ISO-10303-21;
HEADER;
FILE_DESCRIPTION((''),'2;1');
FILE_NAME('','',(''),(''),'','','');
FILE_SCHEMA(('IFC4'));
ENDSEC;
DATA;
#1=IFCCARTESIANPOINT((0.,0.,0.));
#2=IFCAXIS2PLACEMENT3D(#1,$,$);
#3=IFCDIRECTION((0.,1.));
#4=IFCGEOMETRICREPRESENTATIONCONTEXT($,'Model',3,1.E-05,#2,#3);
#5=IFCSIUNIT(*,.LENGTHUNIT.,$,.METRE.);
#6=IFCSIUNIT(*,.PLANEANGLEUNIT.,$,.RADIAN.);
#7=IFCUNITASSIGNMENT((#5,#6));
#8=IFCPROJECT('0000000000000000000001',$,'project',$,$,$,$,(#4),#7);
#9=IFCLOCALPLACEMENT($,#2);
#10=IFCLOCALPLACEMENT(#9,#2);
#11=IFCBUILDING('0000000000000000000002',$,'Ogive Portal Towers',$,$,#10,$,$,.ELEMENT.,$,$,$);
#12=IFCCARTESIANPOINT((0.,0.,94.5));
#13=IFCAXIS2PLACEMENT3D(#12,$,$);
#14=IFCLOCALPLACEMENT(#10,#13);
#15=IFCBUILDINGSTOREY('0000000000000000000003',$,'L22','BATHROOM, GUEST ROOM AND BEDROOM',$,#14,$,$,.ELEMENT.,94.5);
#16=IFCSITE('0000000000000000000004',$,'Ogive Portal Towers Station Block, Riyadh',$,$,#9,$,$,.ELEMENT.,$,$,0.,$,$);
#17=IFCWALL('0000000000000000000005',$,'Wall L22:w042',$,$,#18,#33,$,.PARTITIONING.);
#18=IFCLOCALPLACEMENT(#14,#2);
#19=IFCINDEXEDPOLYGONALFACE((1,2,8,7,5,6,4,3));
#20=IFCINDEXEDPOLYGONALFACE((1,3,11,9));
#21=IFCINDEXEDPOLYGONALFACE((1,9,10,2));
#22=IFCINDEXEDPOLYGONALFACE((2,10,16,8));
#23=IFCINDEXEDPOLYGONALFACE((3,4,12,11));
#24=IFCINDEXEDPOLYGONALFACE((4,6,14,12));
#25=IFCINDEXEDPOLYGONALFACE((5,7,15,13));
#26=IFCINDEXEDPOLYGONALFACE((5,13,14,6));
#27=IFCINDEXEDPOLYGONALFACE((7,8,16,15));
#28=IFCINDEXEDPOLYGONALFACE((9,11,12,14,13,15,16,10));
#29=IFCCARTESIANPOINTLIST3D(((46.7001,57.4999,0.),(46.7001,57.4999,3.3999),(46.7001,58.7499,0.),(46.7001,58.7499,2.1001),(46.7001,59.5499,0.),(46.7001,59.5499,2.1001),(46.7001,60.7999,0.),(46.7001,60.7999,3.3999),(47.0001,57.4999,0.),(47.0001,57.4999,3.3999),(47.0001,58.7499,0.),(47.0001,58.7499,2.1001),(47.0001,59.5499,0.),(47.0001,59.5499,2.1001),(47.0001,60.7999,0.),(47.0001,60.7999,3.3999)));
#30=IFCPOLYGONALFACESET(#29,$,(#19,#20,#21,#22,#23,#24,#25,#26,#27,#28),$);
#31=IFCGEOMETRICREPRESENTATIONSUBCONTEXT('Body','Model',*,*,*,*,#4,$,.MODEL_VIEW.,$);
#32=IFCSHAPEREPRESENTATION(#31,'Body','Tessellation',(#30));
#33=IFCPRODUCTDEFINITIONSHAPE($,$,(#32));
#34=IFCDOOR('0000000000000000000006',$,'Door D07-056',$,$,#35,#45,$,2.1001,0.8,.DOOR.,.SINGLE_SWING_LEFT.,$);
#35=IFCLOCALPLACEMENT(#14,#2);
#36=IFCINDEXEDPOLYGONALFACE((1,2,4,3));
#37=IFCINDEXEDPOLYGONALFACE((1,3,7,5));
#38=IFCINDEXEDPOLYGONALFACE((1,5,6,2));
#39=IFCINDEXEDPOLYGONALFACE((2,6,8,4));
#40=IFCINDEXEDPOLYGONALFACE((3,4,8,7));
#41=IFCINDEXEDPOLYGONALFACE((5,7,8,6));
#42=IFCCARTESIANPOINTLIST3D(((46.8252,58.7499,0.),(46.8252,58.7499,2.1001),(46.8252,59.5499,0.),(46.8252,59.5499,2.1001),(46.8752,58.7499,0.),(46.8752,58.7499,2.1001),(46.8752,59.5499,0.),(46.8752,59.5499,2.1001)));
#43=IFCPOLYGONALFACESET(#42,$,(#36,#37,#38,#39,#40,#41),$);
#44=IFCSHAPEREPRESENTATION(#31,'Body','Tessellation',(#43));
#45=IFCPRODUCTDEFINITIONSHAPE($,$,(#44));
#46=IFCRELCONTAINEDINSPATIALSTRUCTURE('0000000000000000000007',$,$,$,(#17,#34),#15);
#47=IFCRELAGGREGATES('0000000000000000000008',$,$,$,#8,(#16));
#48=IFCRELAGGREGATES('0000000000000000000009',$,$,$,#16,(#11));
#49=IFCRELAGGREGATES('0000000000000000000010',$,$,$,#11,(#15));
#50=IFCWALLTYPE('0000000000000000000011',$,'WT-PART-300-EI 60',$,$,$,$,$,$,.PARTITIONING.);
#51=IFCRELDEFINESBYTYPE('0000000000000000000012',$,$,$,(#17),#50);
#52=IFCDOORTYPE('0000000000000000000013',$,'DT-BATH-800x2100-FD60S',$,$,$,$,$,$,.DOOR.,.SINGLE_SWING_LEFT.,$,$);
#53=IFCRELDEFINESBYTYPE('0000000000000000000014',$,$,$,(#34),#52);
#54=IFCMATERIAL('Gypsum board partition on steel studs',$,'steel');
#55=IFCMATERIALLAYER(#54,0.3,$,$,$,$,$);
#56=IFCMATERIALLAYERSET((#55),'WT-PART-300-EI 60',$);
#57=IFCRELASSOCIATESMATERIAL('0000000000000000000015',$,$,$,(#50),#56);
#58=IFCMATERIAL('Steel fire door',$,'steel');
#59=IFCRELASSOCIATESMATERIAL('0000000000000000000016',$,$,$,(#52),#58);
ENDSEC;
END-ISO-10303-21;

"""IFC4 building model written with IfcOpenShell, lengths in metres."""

from ifc_helpers import new_model, si_unit, direction, frame, frame_2d, origin, place, context, subcontext, project, spatial, rectangle, extrude, material, layer, layer_set, type_object, element, fill, save


model = new_model("IFC4")

# Units and contexts
model_context = context("Model", 3, precision=1e-05, world=origin(), true_north=direction((0.0, 1.0)))
body_context = subcontext(model_context, "Body", "Model", "MODEL_VIEW")
ifc_project = project(units=[si_unit("LENGTHUNIT", "METRE"), si_unit("PLANEANGLEUNIT", "RADIAN")], contexts=[model_context])

# Site, building, storey
site_placement = place(None, origin())
site = spatial("IfcSite", under=ifc_project, at=site_placement, Name="Ogive Portal Towers Station Block, Riyadh", CompositionType="ELEMENT", RefElevation=0.0)
building_placement = place(site_placement, origin())
building = spatial("IfcBuilding", under=site, at=building_placement, Name="Ogive Portal Towers", CompositionType="ELEMENT")
storey_placement = place(building_placement, frame((0.0, 0.0, 94.5)))
storey = spatial("IfcBuildingStorey", under=building, at=storey_placement, Name="L22", Description="BATHROOM, GUEST ROOM AND BEDROOM", CompositionType="ELEMENT", Elevation=94.5)

# Wall, opening, door
ifc_material_1 = material(Name="Gypsum board partition on steel studs", Category="steel")
ifc_layer_1 = layer(ifc_material_1, 0.3)
ifc_layer_set_1 = layer_set([ifc_layer_1], Name="WT-PART-300-EI 60")
wall_type = type_object("IfcWallType", Name="WT-PART-300-EI 60", PredefinedType="PARTITIONING", material=ifc_layer_set_1)
ifc_material_2 = material(Name="Steel fire door", Category="steel")
door_type = type_object("IfcDoorType", Name="DT-BATH-800x2100-FD60S", OperationType="SINGLE_SWING_LEFT", PredefinedType="DOOR", material=ifc_material_2)
wall_1_placement = place(storey_placement, frame((46.8501, 57.5, 0.0), z_axis=(0.0, 0.0, 1.0), x_axis=(0.0, 1.0, 0.0)))
wall_1 = element("IfcWall", 1, at=wall_1_placement, inside=storey, type_object=wall_type, Name="Wall L22:w042", PredefinedType="PARTITIONING", context=body_context, shape_type="SweptSolid", body=[
    extrude(rectangle(XDim=3.3, YDim=0.3, at=frame_2d((1.6499, 0.0))), origin(), (0.0, 0.0, 1.0), 3.3999),
])
opening_1_placement = place(wall_1_placement, frame((1.25, 0.0, 0.0)))
opening_1 = element("IfcOpeningElement", 2, at=opening_1_placement, cuts=wall_1, PredefinedType="OPENING", context=body_context, shape_type="SweptSolid", body=[
    extrude(rectangle(XDim=0.8, YDim=2.1001, at=frame_2d((0.3999, 1.05))), frame((0.0, 0.1602, 0.0), z_axis=(0.0, -1.0, 0.0), x_axis=(1.0, 0.0, 0.0)), (0.0, 0.0, 1.0), 0.3201),
])
door_1_placement = place(opening_1_placement, origin())
door_1 = element("IfcDoor", 3, at=door_1_placement, inside=storey, type_object=door_type, Name="Door D07-056", OperationType="SINGLE_SWING_LEFT", OverallHeight=2.1001, OverallWidth=0.8, PredefinedType="DOOR", context=body_context, shape_type="SweptSolid", body=[
    extrude(rectangle(XDim=0.8, YDim=2.1001, at=frame_2d((0.3999, 1.05))), frame((0.0, 0.0249, 0.0), z_axis=(0.0, -1.0, 0.0), x_axis=(1.0, 0.0, 0.0)), (0.0, 0.0, 1.0), 0.05),
])
fill(opening_1, door_1)

save(model, "model.ifc")
